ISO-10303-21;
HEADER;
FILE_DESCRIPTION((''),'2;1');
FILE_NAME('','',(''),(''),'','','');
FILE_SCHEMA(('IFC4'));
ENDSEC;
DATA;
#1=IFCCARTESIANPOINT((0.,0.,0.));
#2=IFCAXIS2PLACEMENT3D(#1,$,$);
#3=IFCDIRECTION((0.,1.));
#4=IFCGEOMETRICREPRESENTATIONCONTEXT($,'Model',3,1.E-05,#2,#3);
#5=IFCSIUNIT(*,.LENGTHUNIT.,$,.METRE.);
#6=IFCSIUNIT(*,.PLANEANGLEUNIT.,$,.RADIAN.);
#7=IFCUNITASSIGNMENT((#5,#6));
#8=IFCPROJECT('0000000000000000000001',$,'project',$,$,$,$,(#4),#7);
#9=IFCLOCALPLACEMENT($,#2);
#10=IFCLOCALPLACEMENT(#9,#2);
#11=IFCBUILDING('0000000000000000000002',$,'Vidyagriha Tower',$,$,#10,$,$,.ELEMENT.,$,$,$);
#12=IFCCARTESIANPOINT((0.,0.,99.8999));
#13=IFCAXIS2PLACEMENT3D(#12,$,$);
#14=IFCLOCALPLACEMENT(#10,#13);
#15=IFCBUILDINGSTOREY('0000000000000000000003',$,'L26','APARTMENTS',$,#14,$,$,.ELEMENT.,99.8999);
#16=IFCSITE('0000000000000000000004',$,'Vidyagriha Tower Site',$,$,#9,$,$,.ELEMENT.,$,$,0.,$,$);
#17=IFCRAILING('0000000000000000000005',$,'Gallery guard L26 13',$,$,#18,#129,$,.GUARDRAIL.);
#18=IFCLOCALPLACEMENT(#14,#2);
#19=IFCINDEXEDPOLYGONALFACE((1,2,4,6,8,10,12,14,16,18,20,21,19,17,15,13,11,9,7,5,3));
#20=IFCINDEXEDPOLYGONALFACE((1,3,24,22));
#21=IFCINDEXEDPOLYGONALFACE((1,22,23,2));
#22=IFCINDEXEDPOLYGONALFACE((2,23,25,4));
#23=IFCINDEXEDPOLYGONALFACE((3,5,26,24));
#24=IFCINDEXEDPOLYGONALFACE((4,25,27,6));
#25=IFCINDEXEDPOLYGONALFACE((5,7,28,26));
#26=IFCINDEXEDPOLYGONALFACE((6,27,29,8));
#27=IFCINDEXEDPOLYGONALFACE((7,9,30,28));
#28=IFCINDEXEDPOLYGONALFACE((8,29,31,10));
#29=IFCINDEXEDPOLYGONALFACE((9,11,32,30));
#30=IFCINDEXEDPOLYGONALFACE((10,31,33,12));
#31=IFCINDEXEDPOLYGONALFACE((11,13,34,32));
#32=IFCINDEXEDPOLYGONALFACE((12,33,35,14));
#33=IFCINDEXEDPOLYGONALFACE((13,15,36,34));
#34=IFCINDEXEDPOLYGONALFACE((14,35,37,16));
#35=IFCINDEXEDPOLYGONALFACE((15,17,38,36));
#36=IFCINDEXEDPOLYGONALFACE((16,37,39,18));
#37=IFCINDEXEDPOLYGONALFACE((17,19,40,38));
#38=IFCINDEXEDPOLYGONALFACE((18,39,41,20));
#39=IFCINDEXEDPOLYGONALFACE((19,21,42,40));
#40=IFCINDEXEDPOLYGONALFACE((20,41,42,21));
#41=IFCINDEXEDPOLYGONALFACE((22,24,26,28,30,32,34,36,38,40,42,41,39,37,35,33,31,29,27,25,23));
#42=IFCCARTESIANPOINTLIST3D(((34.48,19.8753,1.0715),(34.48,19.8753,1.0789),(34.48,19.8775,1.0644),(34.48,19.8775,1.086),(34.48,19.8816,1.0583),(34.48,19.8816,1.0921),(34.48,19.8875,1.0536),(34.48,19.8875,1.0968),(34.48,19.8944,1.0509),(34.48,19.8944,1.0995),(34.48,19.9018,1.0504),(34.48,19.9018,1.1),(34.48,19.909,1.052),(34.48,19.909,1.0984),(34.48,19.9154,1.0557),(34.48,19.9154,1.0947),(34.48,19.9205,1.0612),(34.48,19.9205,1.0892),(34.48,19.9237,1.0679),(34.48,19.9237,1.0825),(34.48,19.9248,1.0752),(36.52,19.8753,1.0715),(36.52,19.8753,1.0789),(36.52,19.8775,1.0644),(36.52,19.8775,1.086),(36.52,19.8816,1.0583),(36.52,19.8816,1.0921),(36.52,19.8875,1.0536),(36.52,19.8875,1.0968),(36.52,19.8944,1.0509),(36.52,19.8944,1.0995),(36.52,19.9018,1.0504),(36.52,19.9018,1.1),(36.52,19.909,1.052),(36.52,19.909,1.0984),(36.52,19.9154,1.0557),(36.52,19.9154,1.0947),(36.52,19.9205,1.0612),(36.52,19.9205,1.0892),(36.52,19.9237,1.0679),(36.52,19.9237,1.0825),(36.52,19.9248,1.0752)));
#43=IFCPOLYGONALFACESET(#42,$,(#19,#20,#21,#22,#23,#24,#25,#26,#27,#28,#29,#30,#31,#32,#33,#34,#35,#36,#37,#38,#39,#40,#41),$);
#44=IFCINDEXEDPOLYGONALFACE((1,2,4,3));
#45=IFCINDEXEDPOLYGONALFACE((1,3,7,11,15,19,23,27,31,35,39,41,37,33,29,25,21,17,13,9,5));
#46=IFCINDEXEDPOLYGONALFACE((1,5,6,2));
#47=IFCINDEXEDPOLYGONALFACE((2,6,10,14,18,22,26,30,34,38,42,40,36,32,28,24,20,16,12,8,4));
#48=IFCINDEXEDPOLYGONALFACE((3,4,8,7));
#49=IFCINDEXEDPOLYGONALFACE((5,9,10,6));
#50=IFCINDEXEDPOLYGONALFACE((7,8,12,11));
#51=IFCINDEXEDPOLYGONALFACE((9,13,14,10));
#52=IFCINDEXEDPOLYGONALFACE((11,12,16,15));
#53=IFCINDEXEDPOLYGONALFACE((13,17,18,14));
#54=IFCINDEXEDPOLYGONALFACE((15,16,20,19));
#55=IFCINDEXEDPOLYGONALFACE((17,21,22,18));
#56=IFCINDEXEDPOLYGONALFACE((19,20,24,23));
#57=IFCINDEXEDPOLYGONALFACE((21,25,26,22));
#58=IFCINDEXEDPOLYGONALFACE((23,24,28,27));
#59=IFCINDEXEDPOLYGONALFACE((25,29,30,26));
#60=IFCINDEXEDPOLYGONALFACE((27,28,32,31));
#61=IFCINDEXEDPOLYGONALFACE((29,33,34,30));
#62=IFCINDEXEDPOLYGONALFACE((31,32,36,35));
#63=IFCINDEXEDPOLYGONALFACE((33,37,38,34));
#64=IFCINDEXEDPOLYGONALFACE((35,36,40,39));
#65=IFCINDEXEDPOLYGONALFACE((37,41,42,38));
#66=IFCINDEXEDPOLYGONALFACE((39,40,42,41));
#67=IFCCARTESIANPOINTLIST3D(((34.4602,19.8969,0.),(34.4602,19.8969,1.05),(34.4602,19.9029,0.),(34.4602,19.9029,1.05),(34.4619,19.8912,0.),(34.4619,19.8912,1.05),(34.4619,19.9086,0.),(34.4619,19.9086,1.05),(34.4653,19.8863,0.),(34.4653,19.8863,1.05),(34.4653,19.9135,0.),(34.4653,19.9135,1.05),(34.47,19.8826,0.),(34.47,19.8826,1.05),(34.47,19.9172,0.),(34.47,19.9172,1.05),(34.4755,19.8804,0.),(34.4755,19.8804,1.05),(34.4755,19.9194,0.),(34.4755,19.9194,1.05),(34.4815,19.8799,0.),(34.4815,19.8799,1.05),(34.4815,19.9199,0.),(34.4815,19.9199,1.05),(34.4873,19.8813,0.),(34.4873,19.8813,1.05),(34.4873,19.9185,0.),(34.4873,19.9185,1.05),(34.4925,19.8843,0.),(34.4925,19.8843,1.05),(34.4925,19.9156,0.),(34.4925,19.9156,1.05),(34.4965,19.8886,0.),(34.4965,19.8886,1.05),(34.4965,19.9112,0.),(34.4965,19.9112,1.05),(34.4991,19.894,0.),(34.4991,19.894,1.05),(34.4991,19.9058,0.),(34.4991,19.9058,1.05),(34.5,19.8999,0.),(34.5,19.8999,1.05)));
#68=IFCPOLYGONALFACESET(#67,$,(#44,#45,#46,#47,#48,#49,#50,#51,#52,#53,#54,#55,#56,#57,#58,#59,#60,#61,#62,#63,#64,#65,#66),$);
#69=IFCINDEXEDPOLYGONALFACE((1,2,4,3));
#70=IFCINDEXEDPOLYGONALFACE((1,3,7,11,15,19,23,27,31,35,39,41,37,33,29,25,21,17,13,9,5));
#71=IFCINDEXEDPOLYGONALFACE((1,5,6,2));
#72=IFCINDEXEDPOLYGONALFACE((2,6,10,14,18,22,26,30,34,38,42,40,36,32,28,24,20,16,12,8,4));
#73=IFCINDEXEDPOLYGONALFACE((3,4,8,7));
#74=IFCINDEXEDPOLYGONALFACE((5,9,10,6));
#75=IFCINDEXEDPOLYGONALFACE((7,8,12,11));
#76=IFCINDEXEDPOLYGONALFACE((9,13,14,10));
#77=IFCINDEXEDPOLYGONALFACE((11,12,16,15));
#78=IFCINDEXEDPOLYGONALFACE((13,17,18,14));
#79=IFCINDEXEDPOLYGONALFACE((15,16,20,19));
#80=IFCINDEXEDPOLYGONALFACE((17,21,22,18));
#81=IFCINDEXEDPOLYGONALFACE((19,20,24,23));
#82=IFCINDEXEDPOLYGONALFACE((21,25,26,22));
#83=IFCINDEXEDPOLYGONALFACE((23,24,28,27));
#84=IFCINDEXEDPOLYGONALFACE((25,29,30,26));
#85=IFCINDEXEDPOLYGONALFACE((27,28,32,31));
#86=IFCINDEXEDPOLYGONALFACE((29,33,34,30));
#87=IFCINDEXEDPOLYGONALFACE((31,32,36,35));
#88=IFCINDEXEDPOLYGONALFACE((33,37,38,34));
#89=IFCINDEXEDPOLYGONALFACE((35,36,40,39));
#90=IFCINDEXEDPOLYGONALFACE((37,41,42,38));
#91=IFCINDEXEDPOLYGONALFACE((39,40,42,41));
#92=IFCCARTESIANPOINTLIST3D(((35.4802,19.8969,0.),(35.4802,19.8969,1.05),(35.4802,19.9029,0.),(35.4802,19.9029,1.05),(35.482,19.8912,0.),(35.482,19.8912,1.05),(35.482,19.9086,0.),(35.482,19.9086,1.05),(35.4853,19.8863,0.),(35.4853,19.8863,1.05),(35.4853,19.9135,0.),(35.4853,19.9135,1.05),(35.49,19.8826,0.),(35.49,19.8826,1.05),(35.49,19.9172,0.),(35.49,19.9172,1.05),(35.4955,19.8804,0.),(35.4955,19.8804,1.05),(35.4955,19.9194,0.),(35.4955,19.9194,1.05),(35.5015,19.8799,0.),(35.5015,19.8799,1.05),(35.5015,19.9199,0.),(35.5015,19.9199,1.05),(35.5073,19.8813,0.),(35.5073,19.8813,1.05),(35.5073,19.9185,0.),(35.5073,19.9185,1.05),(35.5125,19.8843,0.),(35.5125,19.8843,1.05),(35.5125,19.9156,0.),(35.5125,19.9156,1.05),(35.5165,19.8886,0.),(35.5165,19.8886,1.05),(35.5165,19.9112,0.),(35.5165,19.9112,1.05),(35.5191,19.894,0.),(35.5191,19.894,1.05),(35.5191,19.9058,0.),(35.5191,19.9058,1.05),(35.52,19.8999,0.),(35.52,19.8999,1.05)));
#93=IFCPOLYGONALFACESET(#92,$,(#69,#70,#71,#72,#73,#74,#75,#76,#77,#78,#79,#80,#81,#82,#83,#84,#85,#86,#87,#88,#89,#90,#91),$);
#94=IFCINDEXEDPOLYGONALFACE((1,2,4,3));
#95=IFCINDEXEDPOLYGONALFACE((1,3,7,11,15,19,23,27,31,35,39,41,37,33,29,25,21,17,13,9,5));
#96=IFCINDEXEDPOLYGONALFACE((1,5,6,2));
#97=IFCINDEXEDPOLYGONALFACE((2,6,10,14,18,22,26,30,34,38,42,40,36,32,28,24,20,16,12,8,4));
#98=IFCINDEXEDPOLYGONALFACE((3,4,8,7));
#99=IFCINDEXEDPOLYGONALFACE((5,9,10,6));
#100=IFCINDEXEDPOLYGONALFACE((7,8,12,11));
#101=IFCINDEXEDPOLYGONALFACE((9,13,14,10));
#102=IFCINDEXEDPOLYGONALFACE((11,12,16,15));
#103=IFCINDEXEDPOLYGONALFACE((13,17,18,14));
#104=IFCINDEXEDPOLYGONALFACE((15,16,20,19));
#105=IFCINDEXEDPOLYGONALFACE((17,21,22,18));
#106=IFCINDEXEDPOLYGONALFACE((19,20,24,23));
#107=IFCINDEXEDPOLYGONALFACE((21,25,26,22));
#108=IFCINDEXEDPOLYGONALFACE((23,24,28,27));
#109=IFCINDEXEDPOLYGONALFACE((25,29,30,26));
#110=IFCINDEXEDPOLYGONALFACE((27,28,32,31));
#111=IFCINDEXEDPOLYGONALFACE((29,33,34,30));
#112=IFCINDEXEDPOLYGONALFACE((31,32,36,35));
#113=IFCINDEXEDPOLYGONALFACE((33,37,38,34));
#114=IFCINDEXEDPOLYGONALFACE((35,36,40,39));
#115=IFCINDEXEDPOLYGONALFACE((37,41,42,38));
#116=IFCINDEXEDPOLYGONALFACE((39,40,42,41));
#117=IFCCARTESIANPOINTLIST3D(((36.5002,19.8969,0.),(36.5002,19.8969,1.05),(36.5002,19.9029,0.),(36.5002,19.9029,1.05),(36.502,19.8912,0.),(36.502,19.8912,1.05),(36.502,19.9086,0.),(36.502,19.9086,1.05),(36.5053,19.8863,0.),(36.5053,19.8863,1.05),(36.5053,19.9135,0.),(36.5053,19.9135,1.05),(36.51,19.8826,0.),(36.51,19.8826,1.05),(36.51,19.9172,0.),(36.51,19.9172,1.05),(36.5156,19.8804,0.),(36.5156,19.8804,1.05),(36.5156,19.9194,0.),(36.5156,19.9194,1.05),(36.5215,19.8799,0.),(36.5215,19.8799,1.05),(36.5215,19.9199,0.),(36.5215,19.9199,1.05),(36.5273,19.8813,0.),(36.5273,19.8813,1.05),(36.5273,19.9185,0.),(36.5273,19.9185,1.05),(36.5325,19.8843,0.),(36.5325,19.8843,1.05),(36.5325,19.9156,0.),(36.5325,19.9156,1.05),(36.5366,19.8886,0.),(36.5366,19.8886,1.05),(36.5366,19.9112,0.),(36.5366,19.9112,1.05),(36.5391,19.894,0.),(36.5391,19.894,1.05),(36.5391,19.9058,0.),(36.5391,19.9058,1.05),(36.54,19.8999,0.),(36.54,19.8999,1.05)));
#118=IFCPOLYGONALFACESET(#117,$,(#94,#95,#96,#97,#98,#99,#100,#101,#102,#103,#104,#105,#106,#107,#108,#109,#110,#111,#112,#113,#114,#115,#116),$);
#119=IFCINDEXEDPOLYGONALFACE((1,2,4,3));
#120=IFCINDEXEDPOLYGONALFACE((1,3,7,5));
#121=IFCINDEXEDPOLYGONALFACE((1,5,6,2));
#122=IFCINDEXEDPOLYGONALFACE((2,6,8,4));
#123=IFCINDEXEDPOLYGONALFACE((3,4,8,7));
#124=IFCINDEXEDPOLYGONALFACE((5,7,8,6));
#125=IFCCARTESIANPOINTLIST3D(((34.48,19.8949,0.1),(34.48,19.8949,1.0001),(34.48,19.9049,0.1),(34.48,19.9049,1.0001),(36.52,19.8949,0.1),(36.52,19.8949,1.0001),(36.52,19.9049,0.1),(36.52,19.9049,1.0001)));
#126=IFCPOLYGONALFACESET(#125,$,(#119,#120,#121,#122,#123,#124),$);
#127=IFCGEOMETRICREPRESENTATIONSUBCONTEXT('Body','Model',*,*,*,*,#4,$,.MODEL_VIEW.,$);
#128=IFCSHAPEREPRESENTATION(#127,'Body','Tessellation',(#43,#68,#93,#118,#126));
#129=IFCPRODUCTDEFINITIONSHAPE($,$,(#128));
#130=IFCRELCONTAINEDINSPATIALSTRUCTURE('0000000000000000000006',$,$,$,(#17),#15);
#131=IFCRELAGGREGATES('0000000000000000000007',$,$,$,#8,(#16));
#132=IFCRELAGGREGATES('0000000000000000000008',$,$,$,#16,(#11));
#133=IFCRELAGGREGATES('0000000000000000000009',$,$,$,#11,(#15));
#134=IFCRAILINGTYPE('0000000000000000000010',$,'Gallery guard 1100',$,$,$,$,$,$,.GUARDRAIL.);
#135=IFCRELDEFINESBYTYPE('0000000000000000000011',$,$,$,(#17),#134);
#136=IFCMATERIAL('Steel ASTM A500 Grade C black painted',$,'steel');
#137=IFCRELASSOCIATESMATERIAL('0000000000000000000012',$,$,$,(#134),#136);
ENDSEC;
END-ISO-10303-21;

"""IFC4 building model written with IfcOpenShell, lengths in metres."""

from ifc_helpers import new_model, si_unit, direction, frame, origin, origin_2d, place, context, subcontext, project, spatial, rectangle, circle, extrude, material, type_object, element, save


model = new_model("IFC4")

# Units and contexts
model_context = context("Model", 3, precision=1e-05, world=origin(), true_north=direction((0.0, 1.0)))
body_context = subcontext(model_context, "Body", "Model", "MODEL_VIEW")
ifc_project = project(units=[si_unit("LENGTHUNIT", "METRE"), si_unit("PLANEANGLEUNIT", "RADIAN")], contexts=[model_context])

# Site, building, storey
site_placement = place(None, origin())
site = spatial("IfcSite", under=ifc_project, at=site_placement, Name="Vidyagriha Tower Site", CompositionType="ELEMENT", RefElevation=0.0)
building_placement = place(site_placement, origin())
building = spatial("IfcBuilding", under=site, at=building_placement, Name="Vidyagriha Tower", CompositionType="ELEMENT")
storey_placement = place(building_placement, frame((0.0, 0.0, 99.8999)))
storey = spatial("IfcBuildingStorey", under=building, at=storey_placement, Name="L26", Description="APARTMENTS", CompositionType="ELEMENT", Elevation=99.8999)

# Railing
ifc_material_1 = material(Name="Steel ASTM A500 Grade C black painted", Category="steel")
railing_type = type_object("IfcRailingType", Name="Gallery guard 1100", PredefinedType="GUARDRAIL", material=ifc_material_1)
railing_1_placement = place(storey_placement, frame((34.48, 19.8999, 0.0)))
element("IfcRailing", 1, at=railing_1_placement, inside=storey, type_object=railing_type, Name="Gallery guard L26 13", PredefinedType="GUARDRAIL", context=body_context, shape_type="SweptSolid", body=[
    extrude(circle(Radius=0.0249, at=origin_2d()), frame((0.0, 0.0, 1.0752), z_axis=(1.0, 0.0, 0.0), x_axis=(0.0, 1.0, 0.0)), (0.0, 0.0, 1.0), 2.04),
    extrude(circle(Radius=0.02, at=origin_2d()), origin(), (0.0, 0.0, 1.0), 1.05),
    extrude(circle(Radius=0.02, at=origin_2d()), frame((1.02, 0.0, 0.0)), (0.0, 0.0, 1.0), 1.05),
    extrude(circle(Radius=0.02, at=origin_2d()), frame((2.04, 0.0, 0.0)), (0.0, 0.0, 1.0), 1.05),
    extrude(rectangle(XDim=0.01, YDim=0.9001, at=origin_2d()), frame((0.0, 0.0, 0.55), z_axis=(1.0, 0.0, 0.0), x_axis=(0.0, 1.0, 0.0)), (0.0, 0.0, 1.0), 2.04),
])

save(model, "model.ifc")
